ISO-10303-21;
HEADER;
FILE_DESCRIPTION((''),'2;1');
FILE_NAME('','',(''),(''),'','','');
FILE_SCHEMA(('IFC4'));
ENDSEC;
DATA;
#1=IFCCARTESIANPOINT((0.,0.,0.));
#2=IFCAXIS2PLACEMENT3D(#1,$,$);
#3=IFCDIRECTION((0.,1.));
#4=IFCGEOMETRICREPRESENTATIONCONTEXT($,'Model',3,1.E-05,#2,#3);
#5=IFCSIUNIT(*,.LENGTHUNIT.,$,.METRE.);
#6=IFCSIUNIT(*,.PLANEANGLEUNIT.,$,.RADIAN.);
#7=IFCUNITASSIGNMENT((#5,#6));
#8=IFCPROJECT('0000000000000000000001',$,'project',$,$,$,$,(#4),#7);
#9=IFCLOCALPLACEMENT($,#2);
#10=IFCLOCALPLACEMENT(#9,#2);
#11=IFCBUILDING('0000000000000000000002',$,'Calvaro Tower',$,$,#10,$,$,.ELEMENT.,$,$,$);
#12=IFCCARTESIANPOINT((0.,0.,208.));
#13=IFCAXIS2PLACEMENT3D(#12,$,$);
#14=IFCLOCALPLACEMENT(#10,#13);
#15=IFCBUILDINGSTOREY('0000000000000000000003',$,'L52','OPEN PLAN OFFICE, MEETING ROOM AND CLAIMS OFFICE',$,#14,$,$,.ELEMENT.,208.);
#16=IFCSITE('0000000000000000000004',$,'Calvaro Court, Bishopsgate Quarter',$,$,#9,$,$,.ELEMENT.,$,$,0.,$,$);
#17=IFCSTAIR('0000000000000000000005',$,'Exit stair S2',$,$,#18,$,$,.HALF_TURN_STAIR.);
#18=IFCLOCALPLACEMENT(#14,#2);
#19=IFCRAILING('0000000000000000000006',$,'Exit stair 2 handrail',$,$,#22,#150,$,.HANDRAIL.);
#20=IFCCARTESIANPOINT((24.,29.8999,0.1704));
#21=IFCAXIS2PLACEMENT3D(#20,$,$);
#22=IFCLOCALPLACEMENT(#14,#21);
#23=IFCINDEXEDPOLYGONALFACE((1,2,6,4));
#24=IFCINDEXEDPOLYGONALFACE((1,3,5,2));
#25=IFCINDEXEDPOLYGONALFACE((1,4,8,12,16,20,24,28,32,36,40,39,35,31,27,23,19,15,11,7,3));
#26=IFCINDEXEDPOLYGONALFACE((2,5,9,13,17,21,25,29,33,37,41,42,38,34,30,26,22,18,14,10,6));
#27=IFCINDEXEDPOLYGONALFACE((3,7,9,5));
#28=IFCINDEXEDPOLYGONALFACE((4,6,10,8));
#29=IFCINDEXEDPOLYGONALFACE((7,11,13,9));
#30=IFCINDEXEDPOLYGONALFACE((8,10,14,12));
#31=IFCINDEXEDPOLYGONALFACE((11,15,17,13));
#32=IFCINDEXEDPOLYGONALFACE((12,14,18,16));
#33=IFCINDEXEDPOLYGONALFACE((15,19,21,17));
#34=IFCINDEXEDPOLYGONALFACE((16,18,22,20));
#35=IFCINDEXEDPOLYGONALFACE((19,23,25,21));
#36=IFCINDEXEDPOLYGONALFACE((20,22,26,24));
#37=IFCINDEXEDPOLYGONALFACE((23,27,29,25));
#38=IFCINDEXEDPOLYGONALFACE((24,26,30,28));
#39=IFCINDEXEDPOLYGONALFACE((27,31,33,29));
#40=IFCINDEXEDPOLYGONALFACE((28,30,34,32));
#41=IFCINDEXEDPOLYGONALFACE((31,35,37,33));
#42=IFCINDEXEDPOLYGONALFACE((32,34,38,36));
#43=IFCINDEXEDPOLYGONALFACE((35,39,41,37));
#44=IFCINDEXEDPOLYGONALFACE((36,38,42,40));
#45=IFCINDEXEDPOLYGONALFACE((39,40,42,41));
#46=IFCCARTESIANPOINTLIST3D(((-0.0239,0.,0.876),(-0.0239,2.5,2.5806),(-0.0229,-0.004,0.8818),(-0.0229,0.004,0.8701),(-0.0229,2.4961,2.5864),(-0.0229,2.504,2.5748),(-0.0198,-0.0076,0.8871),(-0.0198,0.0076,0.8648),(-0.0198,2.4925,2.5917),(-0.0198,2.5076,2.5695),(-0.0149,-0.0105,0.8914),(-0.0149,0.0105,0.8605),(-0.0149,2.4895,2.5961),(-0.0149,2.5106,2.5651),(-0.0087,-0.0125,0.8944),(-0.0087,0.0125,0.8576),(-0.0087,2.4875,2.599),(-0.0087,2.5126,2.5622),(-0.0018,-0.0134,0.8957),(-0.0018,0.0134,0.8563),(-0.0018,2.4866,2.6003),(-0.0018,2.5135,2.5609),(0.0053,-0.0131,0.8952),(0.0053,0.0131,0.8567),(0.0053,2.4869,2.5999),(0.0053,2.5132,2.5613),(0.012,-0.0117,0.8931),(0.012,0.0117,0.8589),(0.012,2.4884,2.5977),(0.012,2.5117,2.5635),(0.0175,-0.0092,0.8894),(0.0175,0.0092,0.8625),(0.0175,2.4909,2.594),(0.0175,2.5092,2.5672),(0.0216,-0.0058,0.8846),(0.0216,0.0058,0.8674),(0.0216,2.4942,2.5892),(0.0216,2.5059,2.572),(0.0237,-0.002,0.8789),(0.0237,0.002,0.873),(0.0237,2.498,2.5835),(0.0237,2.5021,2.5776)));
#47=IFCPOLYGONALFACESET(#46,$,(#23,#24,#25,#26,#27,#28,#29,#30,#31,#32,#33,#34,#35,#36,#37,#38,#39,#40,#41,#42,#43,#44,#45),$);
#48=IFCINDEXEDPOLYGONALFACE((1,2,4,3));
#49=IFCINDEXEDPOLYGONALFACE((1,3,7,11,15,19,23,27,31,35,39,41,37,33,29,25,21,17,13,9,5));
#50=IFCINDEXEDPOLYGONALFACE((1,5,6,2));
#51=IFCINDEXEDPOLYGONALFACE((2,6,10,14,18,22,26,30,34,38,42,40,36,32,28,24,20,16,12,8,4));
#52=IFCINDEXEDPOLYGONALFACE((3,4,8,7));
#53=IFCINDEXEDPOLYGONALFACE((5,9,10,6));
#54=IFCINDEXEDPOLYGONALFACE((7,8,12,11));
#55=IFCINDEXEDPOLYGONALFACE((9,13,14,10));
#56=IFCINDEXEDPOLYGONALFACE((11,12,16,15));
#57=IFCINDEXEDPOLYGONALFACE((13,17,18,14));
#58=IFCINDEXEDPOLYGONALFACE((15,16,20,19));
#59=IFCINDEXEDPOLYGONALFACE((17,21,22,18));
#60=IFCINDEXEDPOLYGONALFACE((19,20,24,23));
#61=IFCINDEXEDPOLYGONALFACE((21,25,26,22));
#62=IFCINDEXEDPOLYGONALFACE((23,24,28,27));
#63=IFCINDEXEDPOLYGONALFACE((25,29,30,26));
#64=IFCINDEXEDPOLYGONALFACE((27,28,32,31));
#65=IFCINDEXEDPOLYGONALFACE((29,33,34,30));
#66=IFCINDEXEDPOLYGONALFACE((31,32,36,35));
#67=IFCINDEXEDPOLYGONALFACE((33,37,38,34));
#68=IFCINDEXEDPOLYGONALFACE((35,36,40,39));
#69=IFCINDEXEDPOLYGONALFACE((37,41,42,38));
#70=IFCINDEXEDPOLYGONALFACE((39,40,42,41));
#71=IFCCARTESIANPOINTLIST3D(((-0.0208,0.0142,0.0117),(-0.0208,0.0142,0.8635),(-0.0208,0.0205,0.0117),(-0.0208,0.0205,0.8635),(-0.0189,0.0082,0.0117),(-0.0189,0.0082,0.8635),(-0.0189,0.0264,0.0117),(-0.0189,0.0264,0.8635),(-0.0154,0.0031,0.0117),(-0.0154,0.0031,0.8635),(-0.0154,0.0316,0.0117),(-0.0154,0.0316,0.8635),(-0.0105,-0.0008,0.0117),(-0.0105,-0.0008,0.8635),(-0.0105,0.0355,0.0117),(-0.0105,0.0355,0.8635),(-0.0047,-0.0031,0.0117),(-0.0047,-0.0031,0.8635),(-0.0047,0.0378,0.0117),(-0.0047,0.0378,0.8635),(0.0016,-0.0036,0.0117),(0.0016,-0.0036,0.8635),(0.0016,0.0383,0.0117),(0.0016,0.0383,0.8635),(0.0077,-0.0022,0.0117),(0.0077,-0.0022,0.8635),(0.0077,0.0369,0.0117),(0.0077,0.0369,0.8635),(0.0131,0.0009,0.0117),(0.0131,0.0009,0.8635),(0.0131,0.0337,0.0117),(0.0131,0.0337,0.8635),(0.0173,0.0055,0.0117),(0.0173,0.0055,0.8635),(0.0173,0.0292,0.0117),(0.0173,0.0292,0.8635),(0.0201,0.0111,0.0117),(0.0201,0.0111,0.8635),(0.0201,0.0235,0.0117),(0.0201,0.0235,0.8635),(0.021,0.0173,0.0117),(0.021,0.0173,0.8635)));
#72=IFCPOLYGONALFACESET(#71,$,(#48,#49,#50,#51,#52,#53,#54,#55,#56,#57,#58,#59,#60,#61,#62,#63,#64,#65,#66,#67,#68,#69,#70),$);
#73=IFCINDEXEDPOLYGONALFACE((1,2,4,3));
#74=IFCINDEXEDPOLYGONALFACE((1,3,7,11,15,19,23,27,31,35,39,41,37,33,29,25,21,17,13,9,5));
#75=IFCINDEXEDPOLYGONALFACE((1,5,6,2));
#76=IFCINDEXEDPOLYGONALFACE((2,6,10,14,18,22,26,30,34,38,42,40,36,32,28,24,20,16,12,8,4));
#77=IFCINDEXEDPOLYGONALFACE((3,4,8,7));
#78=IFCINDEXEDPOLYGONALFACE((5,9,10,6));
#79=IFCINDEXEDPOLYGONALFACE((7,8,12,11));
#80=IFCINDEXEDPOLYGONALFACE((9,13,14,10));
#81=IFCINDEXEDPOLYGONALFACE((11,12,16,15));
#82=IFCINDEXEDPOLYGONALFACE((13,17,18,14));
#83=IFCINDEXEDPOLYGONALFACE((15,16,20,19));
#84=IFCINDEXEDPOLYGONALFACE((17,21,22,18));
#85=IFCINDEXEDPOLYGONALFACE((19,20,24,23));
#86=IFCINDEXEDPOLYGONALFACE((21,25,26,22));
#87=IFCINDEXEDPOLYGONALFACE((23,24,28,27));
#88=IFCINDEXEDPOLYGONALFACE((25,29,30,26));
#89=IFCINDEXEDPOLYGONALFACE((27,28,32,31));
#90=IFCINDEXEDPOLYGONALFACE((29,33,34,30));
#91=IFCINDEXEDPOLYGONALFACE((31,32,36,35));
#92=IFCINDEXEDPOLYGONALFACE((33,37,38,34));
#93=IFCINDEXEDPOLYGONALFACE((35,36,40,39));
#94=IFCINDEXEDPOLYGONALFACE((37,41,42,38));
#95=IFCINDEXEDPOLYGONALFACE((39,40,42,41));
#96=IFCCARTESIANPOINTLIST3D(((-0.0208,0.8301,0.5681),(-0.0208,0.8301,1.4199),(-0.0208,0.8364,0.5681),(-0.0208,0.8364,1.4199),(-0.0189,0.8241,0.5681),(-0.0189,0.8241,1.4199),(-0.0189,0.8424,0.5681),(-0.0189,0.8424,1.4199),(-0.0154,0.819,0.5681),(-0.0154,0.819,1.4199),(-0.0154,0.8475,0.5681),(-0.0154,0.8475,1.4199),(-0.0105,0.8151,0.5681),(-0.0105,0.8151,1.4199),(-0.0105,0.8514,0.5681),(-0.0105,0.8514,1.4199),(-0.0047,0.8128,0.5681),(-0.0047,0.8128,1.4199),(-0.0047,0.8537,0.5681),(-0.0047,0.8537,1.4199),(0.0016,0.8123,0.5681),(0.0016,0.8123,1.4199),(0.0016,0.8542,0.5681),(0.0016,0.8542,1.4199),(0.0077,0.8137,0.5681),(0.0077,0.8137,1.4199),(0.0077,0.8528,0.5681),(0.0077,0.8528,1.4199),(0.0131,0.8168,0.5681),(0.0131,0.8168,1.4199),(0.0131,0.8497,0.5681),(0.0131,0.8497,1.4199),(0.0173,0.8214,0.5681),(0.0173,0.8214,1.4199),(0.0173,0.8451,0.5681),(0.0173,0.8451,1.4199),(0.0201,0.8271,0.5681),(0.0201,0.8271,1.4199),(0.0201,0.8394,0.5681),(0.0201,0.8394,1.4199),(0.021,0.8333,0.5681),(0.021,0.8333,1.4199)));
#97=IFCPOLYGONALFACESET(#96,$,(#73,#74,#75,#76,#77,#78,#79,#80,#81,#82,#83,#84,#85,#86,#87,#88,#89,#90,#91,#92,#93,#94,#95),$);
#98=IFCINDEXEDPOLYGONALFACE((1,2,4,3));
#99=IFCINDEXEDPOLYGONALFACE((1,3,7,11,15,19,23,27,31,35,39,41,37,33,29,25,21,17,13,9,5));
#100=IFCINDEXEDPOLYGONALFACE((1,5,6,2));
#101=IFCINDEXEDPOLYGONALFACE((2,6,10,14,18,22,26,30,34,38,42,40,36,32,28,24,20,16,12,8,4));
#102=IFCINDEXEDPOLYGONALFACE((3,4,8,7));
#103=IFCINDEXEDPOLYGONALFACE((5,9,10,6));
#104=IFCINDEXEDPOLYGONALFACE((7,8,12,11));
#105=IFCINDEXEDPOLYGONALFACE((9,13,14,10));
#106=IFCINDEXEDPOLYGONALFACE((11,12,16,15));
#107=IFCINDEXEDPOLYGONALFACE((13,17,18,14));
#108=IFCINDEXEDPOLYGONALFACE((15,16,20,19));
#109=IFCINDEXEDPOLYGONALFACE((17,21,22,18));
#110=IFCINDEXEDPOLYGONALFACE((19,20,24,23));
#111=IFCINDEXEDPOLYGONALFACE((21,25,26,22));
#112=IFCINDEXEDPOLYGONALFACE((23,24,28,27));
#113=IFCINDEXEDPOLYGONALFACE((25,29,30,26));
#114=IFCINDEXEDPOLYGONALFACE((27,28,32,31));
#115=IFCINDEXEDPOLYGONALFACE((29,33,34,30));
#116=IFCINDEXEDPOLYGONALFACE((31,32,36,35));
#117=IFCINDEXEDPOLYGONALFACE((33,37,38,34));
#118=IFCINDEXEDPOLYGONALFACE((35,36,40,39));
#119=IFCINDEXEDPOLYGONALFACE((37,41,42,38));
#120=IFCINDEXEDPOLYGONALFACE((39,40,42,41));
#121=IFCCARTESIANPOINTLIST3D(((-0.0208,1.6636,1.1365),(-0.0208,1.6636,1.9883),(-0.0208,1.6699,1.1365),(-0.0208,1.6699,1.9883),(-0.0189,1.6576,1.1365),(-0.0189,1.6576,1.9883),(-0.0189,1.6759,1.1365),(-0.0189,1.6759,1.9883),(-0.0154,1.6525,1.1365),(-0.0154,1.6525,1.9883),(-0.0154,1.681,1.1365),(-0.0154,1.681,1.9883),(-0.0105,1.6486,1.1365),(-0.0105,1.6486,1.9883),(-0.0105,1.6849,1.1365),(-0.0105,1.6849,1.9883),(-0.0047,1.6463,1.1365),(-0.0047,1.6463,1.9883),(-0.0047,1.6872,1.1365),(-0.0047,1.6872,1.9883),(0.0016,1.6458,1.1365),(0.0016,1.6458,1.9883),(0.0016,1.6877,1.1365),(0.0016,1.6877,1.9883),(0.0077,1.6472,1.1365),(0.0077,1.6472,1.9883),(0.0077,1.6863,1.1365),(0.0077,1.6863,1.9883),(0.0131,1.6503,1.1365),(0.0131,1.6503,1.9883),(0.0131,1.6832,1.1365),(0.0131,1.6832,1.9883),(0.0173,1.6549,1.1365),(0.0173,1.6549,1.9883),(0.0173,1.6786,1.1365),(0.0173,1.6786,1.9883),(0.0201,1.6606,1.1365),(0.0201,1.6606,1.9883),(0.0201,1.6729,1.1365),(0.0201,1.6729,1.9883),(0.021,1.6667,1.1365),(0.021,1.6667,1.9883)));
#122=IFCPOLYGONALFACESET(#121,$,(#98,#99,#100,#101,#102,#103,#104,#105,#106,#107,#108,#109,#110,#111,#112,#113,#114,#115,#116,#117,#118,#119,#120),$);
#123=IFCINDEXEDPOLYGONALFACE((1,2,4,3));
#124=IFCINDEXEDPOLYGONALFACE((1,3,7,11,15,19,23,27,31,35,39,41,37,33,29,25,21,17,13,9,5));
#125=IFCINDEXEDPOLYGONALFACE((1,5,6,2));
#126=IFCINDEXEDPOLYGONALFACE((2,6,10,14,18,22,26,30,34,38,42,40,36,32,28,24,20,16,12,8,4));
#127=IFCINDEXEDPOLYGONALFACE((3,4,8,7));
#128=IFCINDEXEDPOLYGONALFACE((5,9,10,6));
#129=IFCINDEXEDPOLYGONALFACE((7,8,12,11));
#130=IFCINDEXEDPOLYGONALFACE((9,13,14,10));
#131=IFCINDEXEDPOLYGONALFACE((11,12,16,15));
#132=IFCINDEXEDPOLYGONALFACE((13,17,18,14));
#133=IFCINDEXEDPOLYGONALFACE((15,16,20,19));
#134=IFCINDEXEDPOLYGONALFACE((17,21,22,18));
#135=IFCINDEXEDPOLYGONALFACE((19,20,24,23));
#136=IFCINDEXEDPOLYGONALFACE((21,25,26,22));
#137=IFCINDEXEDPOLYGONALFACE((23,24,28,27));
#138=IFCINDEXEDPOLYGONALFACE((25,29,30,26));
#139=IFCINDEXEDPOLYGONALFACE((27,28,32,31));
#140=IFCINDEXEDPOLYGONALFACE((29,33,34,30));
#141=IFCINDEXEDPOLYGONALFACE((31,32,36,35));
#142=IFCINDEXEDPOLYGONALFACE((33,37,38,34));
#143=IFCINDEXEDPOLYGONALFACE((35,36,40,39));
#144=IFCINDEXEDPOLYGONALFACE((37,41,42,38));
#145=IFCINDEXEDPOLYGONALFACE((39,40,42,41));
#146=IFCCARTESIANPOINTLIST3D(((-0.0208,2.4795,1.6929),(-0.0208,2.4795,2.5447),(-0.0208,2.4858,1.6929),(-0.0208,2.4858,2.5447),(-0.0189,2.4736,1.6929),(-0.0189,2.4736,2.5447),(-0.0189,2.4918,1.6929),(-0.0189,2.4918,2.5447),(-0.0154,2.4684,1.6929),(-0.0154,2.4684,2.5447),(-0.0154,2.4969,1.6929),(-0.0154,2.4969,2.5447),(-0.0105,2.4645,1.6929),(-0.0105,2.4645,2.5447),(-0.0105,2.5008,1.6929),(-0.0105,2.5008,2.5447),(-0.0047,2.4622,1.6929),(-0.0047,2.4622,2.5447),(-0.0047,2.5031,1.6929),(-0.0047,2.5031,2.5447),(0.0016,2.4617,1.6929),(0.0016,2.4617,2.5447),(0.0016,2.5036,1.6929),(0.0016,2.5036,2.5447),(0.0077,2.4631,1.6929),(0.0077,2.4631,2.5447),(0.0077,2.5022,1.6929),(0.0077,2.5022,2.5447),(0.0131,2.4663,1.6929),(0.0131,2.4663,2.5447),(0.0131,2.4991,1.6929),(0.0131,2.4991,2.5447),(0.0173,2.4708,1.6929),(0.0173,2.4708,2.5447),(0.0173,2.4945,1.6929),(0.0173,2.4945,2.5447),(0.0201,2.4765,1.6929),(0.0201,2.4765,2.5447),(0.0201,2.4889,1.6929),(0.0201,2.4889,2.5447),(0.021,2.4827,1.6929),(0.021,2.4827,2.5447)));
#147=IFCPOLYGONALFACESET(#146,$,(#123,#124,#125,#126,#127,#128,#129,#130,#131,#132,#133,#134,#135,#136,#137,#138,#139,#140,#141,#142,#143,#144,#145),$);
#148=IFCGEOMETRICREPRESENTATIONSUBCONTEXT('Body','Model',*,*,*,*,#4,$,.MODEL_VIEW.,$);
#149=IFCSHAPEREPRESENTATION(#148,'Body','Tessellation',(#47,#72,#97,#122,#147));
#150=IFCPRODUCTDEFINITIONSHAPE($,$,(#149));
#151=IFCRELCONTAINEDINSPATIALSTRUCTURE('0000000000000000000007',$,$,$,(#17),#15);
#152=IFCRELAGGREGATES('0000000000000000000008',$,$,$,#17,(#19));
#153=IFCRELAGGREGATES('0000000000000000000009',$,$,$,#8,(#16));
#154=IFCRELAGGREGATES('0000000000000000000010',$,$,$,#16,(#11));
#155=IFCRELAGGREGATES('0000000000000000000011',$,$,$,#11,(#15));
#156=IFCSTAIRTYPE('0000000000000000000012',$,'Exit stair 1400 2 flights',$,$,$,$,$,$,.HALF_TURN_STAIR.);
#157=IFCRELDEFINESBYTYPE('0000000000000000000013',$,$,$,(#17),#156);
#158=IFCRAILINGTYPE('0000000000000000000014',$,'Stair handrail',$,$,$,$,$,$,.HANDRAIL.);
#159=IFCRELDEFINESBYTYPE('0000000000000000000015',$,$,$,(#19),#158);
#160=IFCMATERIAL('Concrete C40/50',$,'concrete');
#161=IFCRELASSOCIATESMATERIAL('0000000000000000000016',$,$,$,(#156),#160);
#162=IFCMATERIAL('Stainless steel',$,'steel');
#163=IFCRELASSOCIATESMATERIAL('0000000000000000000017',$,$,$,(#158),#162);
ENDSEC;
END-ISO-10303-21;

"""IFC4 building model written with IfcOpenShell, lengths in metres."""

from ifc_helpers import new_model, si_unit, direction, frame, origin, origin_2d, place, context, subcontext, project, spatial, circle, extrude, material, type_object, element, aggregate, save


model = new_model("IFC4")

# Units and contexts
model_context = context("Model", 3, precision=1e-05, world=origin(), true_north=direction((0.0, 1.0)))
body_context = subcontext(model_context, "Body", "Model", "MODEL_VIEW")
ifc_project = project(units=[si_unit("LENGTHUNIT", "METRE"), si_unit("PLANEANGLEUNIT", "RADIAN")], contexts=[model_context])

# Site, building, storey
site_placement = place(None, origin())
site = spatial("IfcSite", under=ifc_project, at=site_placement, Name="Calvaro Court, Bishopsgate Quarter", CompositionType="ELEMENT", RefElevation=0.0)
building_placement = place(site_placement, origin())
building = spatial("IfcBuilding", under=site, at=building_placement, Name="Calvaro Tower", CompositionType="ELEMENT")
storey_placement = place(building_placement, frame((0.0, 0.0, 208.0)))
storey = spatial("IfcBuildingStorey", under=building, at=storey_placement, Name="L52", Description="OPEN PLAN OFFICE, MEETING ROOM AND CLAIMS OFFICE", CompositionType="ELEMENT", Elevation=208.0)

# Stair, railing
ifc_material_1 = material(Name="Concrete C40/50", Category="concrete")
stair_type = type_object("IfcStairType", Name="Exit stair 1400 2 flights", PredefinedType="HALF_TURN_STAIR", material=ifc_material_1)
stair_placement = place(storey_placement, origin())
stair = element("IfcStair", 1, at=stair_placement, inside=storey, type_object=stair_type, Name="Exit stair S2", PredefinedType="HALF_TURN_STAIR")
ifc_material_2 = material(Name="Stainless steel", Category="steel")
railing_type = type_object("IfcRailingType", Name="Stair handrail", PredefinedType="HANDRAIL", material=ifc_material_2)
railing_placement = place(storey_placement, frame((24.0, 29.8999, 0.1704)))
railing = element("IfcRailing", 2, at=railing_placement, type_object=railing_type, Name="Exit stair 2 handrail", PredefinedType="HANDRAIL", context=body_context, shape_type="SweptSolid", body=[
    extrude(circle(Radius=0.0239, at=origin_2d()), frame((0.0, 0.0, 0.876), z_axis=(0.0, 0.826221, 0.563347), x_axis=(-1.0, 0.0, 0.0)), (0.0, 0.0, 1.0), 3.0259),
    extrude(circle(Radius=0.021, at=origin_2d()), frame((0.0, 0.0173, 0.0117)), (0.0, 0.0, 1.0), 0.8518),
    extrude(circle(Radius=0.021, at=origin_2d()), frame((0.0, 0.8333, 0.5681)), (0.0, 0.0, 1.0), 0.8518),
    extrude(circle(Radius=0.021, at=origin_2d()), frame((0.0, 1.6667, 1.1365)), (0.0, 0.0, 1.0), 0.8518),
    extrude(circle(Radius=0.021, at=origin_2d()), frame((0.0, 2.4827, 1.6929)), (0.0, 0.0, 1.0), 0.8518),
])
aggregate(stair, [railing])

save(model, "model.ifc")
